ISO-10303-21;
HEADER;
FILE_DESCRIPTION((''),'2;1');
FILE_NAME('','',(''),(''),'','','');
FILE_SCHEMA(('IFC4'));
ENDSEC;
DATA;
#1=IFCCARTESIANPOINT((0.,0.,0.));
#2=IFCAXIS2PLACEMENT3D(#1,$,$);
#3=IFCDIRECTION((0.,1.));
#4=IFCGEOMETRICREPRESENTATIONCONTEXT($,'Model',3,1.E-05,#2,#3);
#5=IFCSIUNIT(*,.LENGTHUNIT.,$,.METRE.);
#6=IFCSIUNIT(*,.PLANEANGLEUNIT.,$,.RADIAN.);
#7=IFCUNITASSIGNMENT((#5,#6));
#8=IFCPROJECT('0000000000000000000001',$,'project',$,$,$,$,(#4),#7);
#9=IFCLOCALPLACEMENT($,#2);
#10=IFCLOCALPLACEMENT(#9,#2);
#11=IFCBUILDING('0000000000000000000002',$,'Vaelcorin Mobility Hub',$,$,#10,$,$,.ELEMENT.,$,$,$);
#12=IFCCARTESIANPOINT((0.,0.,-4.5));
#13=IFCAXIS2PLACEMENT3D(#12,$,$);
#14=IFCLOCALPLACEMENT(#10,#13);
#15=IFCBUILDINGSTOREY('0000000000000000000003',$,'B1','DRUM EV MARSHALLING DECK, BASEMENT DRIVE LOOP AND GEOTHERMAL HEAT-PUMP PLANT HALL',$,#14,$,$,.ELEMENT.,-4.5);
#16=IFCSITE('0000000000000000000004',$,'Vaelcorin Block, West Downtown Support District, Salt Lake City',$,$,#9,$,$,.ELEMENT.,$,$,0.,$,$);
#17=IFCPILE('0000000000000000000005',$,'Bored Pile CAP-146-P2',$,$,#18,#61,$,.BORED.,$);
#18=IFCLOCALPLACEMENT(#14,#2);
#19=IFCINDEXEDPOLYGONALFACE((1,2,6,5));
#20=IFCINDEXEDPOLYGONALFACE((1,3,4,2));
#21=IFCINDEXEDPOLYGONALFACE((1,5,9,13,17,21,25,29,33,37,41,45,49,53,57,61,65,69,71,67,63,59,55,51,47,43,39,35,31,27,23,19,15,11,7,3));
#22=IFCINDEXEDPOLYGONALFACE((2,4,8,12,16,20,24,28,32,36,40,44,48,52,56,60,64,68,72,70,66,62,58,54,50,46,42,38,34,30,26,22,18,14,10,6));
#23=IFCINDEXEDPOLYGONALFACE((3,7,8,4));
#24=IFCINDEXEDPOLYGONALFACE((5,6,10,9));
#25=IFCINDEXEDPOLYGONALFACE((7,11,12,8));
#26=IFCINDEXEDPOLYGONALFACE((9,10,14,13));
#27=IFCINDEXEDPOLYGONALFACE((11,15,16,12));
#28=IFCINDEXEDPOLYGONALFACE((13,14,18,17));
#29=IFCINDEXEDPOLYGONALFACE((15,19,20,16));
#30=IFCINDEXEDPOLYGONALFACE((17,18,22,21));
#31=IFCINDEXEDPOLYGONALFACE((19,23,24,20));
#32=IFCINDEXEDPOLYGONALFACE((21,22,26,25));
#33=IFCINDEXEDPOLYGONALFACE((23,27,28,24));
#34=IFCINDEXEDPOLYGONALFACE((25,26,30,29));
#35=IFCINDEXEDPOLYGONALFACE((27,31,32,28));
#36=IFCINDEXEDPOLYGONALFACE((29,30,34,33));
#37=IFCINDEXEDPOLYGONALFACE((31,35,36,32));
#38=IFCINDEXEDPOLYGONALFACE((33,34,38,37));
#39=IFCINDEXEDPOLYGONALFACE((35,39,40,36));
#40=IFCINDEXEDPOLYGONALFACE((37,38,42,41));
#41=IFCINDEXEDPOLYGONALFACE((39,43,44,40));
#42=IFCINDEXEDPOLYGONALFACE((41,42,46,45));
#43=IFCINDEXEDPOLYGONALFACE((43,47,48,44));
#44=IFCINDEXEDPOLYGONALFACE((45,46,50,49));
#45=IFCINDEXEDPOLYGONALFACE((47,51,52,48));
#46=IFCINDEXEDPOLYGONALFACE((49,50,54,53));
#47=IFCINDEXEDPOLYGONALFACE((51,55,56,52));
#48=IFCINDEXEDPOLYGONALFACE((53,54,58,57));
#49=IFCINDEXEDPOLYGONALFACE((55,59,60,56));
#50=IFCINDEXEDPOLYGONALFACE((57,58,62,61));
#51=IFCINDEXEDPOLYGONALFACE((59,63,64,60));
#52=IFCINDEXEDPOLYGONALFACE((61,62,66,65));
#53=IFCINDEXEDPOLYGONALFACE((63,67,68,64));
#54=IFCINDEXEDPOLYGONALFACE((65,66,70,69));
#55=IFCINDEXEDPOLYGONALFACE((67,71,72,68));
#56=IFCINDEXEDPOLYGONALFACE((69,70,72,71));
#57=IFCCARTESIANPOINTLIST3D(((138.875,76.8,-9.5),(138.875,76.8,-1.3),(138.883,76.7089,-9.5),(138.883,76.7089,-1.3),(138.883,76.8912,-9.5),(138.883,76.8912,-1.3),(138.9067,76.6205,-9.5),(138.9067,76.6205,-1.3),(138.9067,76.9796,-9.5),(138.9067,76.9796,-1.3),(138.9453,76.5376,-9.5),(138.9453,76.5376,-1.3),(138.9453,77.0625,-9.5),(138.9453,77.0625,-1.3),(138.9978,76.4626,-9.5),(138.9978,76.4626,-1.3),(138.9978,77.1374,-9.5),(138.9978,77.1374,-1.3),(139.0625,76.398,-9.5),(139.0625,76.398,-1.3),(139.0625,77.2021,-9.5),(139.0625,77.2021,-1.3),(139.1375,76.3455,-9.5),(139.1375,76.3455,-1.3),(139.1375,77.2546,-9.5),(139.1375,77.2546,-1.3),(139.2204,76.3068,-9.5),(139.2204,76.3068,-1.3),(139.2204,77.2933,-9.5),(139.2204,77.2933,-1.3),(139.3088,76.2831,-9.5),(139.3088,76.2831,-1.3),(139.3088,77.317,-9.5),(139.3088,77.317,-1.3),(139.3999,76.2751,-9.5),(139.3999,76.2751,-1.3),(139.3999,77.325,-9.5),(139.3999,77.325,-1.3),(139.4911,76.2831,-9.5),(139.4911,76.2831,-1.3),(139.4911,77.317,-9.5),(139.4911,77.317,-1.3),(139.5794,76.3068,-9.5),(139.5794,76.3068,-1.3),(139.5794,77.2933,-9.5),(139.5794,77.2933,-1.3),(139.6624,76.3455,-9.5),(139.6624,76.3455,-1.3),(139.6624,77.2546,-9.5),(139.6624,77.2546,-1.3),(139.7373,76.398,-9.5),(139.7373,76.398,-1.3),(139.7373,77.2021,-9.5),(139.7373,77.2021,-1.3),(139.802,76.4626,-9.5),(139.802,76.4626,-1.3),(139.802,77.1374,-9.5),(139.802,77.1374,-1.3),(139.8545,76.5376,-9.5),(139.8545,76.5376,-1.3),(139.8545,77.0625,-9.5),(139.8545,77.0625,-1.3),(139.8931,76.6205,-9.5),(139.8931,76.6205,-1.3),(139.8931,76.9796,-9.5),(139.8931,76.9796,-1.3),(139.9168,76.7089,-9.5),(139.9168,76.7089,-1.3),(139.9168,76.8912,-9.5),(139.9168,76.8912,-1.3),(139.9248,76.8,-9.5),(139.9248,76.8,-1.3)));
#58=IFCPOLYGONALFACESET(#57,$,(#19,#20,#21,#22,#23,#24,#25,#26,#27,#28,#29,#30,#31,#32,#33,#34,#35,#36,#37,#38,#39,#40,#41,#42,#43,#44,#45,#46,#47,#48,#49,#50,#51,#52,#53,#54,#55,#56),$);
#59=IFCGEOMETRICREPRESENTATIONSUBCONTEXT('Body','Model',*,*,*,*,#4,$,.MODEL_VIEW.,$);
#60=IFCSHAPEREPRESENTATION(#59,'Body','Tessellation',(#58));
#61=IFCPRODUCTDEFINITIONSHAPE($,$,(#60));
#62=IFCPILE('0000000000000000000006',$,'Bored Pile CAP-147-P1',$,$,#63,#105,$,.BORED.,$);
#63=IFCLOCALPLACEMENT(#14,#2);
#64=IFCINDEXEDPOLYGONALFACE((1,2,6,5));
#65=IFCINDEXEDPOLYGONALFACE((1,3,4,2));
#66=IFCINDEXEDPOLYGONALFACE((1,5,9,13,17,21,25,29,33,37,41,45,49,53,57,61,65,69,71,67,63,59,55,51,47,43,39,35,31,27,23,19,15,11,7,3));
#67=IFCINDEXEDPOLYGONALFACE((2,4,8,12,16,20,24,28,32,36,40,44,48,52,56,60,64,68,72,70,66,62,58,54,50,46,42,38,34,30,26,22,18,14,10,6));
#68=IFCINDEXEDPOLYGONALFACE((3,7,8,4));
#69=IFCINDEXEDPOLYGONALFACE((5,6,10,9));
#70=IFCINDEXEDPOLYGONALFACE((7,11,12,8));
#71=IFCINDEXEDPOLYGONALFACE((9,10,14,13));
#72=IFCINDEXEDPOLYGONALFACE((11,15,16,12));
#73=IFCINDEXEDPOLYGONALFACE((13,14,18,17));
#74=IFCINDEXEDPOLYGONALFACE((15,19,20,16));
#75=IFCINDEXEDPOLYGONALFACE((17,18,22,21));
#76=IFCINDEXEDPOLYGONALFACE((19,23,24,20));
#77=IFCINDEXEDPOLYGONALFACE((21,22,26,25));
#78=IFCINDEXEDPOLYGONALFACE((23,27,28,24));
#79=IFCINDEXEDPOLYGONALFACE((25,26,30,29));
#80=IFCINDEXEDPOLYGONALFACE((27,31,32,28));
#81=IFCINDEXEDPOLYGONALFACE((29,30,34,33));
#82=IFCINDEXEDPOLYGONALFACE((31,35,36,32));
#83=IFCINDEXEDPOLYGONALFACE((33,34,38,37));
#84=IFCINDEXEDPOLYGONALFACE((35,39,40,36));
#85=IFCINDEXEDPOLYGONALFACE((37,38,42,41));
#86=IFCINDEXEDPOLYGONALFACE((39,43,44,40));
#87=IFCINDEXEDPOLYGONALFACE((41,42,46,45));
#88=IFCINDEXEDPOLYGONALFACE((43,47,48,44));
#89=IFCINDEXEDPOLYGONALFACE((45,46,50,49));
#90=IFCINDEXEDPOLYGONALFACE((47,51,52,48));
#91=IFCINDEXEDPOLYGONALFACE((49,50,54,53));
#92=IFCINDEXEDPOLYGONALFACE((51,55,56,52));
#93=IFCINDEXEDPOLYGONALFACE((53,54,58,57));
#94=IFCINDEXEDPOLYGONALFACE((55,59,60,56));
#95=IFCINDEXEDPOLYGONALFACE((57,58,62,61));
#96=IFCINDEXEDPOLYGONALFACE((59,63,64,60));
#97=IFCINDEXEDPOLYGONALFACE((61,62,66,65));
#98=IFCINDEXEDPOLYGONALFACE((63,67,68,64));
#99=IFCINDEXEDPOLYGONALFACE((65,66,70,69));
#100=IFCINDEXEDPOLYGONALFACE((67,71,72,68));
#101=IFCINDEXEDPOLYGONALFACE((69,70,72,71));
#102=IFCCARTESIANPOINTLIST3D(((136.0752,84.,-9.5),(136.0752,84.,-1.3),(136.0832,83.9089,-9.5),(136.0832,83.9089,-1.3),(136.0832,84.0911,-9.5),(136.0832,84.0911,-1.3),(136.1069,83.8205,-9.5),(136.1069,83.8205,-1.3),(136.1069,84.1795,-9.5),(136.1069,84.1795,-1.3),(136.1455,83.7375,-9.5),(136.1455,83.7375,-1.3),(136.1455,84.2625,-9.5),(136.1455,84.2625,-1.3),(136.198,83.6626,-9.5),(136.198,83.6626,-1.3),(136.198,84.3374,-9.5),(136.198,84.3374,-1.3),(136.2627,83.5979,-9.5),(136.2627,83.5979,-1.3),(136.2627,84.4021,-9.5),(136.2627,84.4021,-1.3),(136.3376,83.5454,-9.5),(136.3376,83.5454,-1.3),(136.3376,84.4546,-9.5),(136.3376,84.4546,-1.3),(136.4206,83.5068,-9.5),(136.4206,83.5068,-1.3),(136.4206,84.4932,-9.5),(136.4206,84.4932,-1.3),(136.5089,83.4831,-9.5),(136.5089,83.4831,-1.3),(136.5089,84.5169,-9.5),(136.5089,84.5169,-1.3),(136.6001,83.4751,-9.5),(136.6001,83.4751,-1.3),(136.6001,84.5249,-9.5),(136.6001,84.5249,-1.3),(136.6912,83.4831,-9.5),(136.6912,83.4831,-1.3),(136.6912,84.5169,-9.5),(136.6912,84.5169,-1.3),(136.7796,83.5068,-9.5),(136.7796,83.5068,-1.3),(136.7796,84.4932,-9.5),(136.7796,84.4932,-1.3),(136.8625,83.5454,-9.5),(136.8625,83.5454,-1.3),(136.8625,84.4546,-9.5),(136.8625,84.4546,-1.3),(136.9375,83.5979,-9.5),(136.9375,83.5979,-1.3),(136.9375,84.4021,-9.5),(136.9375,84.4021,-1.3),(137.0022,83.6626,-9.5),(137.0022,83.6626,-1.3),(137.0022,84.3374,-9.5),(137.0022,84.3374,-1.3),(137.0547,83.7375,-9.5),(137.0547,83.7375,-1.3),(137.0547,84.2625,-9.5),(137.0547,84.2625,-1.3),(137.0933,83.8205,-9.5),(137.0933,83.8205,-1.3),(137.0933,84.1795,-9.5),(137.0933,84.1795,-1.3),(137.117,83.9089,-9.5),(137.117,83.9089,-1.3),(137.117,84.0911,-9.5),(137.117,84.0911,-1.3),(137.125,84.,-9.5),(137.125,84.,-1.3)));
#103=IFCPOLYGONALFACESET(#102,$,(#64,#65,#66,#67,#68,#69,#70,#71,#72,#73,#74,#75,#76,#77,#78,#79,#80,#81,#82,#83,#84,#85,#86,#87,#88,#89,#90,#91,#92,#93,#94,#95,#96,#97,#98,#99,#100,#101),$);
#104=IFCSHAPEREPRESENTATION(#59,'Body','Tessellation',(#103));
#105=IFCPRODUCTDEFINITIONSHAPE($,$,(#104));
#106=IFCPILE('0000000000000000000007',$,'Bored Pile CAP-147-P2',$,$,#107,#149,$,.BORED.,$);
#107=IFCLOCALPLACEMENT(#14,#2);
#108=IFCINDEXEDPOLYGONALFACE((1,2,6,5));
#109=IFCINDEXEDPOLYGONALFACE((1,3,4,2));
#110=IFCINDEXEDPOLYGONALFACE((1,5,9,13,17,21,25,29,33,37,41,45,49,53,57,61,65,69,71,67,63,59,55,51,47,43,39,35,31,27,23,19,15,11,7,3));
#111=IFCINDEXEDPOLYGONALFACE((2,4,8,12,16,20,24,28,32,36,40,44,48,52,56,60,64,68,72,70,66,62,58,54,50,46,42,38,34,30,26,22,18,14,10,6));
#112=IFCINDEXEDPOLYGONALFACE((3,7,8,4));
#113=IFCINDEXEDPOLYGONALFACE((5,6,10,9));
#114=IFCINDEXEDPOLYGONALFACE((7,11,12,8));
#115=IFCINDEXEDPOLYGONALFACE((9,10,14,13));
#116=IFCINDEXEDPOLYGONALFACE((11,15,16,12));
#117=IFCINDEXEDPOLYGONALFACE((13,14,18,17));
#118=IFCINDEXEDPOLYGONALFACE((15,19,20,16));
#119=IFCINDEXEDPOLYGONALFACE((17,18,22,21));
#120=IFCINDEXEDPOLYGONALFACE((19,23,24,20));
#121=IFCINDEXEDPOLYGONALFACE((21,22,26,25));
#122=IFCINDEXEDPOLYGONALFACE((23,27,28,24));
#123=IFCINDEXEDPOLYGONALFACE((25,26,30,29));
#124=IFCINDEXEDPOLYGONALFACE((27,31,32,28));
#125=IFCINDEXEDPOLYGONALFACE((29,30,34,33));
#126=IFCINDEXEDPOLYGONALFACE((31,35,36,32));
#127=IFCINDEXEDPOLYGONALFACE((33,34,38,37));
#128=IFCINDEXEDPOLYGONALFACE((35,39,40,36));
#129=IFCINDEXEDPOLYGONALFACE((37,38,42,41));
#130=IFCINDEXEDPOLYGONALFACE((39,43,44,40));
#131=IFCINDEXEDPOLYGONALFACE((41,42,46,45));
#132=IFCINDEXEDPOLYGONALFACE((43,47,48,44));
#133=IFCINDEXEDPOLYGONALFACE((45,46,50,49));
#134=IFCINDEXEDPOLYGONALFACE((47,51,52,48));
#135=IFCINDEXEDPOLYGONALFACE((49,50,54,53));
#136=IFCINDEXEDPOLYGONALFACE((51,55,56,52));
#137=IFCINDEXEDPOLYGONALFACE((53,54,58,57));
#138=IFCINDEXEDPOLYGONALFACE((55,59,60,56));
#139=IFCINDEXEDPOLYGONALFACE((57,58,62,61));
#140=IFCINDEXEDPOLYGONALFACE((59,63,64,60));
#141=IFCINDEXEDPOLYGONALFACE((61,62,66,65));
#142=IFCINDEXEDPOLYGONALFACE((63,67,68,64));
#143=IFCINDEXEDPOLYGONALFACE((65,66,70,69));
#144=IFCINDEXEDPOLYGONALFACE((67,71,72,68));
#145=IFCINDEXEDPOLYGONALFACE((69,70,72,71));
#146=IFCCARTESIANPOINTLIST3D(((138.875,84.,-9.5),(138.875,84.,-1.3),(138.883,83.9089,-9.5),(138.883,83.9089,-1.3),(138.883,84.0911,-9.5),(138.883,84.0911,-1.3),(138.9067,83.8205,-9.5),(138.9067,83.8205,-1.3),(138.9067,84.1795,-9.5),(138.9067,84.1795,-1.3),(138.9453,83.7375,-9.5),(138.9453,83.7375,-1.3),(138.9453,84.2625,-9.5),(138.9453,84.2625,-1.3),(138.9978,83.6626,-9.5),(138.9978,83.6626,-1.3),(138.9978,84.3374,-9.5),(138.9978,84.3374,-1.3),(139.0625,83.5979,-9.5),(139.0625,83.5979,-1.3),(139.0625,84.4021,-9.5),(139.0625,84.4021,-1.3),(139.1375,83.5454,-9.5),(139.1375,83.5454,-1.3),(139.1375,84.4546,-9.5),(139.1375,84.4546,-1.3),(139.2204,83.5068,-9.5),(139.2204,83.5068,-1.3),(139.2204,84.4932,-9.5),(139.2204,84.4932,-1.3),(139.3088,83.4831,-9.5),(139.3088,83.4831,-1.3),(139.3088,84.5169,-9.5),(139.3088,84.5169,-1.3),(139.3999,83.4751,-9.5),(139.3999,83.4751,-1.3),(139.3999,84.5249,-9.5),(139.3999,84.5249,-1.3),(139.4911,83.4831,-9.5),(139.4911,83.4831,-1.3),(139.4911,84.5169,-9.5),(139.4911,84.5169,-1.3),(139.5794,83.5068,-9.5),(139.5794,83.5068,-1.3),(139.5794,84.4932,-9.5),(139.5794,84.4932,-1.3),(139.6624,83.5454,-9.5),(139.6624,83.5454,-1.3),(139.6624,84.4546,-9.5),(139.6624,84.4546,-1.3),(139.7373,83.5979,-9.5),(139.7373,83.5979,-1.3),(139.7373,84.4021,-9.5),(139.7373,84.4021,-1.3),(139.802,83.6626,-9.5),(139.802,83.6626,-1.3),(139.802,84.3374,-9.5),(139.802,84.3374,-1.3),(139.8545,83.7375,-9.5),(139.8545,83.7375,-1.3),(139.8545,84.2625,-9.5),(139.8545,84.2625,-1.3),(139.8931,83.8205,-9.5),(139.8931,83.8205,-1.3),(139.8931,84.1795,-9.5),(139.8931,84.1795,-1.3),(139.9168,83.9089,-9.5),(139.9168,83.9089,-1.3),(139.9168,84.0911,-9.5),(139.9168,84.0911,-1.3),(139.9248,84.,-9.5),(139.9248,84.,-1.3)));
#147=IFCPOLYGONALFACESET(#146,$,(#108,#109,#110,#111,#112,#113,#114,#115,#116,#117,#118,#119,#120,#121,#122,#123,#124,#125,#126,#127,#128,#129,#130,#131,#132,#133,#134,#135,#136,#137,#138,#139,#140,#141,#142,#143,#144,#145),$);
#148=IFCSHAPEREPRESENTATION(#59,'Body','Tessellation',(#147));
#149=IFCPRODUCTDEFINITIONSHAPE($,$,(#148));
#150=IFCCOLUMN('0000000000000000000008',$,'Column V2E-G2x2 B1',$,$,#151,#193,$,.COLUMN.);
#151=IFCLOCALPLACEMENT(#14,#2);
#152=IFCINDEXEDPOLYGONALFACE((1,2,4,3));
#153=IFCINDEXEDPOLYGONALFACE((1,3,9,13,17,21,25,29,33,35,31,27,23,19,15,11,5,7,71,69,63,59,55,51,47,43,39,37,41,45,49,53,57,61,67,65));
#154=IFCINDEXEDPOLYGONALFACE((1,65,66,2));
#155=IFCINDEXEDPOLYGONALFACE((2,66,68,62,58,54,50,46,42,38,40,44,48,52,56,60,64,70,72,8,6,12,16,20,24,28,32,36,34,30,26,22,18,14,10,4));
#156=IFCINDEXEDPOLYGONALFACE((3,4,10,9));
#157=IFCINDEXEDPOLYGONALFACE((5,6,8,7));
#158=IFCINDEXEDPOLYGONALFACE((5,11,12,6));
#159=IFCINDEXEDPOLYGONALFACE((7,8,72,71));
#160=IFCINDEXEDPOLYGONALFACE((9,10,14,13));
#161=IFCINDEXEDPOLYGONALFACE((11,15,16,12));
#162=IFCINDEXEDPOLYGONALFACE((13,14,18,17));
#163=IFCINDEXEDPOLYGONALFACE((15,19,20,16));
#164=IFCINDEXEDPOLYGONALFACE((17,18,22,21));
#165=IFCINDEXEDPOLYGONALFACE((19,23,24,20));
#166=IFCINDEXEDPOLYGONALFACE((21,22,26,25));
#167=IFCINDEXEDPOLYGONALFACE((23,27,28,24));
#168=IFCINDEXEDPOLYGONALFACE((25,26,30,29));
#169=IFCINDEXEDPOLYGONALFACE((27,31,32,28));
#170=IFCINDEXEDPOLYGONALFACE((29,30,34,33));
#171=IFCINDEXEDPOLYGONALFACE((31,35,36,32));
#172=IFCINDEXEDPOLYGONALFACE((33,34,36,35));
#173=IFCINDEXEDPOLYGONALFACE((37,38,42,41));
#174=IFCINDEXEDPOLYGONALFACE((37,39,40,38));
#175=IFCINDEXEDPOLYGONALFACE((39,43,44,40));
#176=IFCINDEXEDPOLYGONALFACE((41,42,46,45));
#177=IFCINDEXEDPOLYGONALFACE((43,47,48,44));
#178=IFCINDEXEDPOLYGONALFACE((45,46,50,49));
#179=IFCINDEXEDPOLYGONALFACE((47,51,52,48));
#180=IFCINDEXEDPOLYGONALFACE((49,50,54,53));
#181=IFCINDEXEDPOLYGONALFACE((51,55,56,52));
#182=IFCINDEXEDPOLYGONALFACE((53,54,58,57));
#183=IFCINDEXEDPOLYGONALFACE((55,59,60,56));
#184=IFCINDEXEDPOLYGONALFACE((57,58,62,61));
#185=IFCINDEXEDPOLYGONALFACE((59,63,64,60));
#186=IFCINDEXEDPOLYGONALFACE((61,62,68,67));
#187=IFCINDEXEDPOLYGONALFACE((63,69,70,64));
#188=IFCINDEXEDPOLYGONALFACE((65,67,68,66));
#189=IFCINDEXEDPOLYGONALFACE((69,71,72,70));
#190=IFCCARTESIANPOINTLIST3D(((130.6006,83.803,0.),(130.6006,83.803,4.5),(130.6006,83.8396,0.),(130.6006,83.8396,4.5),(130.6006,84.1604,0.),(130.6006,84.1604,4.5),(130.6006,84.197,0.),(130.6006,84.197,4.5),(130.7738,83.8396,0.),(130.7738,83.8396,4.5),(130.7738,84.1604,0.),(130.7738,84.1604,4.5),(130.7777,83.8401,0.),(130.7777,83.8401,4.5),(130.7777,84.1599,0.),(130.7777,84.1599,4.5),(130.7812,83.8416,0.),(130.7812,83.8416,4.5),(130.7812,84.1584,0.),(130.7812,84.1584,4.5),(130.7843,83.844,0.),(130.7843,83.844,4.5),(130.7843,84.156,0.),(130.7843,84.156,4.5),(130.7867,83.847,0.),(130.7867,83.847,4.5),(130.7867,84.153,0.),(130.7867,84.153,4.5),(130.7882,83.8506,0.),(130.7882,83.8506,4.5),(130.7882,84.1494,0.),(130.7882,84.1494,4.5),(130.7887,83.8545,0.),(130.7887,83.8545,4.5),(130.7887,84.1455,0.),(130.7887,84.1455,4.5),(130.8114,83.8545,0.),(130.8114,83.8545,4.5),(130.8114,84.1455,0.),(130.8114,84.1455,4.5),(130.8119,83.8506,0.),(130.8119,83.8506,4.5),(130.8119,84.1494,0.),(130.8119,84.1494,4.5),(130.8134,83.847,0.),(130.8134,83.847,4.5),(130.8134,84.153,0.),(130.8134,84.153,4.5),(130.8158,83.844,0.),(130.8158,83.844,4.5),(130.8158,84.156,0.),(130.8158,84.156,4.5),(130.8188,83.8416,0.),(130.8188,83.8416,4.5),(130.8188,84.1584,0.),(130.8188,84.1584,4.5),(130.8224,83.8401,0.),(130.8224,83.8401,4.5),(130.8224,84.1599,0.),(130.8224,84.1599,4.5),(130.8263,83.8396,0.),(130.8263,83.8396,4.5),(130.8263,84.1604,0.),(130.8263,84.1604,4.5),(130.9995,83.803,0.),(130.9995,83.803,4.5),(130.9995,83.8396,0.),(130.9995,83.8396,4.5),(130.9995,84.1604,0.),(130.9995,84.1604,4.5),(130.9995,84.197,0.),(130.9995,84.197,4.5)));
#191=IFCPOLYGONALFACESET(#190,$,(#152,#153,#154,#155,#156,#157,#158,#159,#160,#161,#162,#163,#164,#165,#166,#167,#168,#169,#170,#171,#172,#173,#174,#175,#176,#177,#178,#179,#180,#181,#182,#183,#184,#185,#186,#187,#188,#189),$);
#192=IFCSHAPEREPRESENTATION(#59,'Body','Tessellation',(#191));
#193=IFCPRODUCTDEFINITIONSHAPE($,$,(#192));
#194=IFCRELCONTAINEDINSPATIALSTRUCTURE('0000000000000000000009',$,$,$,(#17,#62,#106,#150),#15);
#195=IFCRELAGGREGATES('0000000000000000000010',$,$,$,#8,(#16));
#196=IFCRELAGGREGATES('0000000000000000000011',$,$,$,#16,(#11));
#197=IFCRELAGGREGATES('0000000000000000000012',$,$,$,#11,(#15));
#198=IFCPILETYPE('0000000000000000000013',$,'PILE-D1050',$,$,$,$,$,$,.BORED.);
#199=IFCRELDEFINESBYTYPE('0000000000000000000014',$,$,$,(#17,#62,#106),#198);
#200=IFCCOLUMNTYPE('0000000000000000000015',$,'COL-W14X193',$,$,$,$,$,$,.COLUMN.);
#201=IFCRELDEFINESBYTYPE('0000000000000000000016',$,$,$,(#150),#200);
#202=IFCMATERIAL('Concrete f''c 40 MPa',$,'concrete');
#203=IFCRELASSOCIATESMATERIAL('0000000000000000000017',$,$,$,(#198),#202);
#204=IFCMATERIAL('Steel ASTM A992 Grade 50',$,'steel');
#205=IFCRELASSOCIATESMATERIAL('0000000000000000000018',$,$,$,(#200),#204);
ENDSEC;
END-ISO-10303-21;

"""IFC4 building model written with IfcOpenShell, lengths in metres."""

from ifc_helpers import new_model, si_unit, direction, frame, origin, origin_2d, place, context, subcontext, project, spatial, circle, i_section, extrude, material, material_profile, profile_set, type_object, element, save


model = new_model("IFC4")

# Units and contexts
model_context = context("Model", 3, precision=1e-05, world=origin(), true_north=direction((0.0, 1.0)))
body_context = subcontext(model_context, "Body", "Model", "MODEL_VIEW")
ifc_project = project(units=[si_unit("LENGTHUNIT", "METRE"), si_unit("PLANEANGLEUNIT", "RADIAN")], contexts=[model_context])

# Site, building, storey
site_placement = place(None, origin())
site = spatial("IfcSite", under=ifc_project, at=site_placement, Name="Vaelcorin Block, West Downtown Support District, Salt Lake City", CompositionType="ELEMENT", RefElevation=0.0)
building_placement = place(site_placement, origin())
building = spatial("IfcBuilding", under=site, at=building_placement, Name="Vaelcorin Mobility Hub", CompositionType="ELEMENT")
storey_placement = place(building_placement, frame((0.0, 0.0, -4.5)))
storey = spatial("IfcBuildingStorey", under=building, at=storey_placement, Name="B1", Description="DRUM EV MARSHALLING DECK, BASEMENT DRIVE LOOP AND GEOTHERMAL HEAT-PUMP PLANT HALL", CompositionType="ELEMENT", Elevation=-4.5)

# Shared definitions
ifc_material_1 = material(Name="Concrete f'c 40 MPa", Category="concrete")

# Piles
ifc_material_profile_1 = material_profile(ifc_material_1, circle(Radius=0.5249, at=origin_2d()), Name="BP-D1050")
ifc_profile_set_1 = profile_set([ifc_material_profile_1], Name="Concrete f'c 40 MPa")
pile_type = type_object("IfcPileType", Name="PILE-D1050", PredefinedType="BORED", material=ifc_profile_set_1)
for number, where, z_axis, x_axis, name in (
    (1, (139.3999, 76.8, -1.3), (0.0, 0.0, -1.0), (1.0, 0.0, 0.0), "Bored Pile CAP-146-P2"),
    (2, (136.6001, 84.0, -1.3), (0.0, 0.0, -1.0), (1.0, 0.0, 0.0), "Bored Pile CAP-147-P1"),
    (3, (139.3999, 84.0, -1.3), (0.0, 0.0, -1.0), (1.0, 0.0, 0.0), "Bored Pile CAP-147-P2"),
):
    element("IfcPile", number, at=place(storey_placement, frame(where, z_axis=z_axis, x_axis=x_axis)), inside=storey, type_object=pile_type, Name=name, PredefinedType="BORED", context=body_context, shape_type="SweptSolid", body=[
        extrude(circle(Radius=0.5249, at=origin_2d()), origin(), (0.0, 0.0, 1.0), 8.2),
    ])

# Column
ifc_material_2 = material(Name="Steel ASTM A992 Grade 50", Category="steel")
ifc_material_profile_2 = material_profile(ifc_material_2, i_section(OverallWidth=0.3989, OverallDepth=0.394, WebThickness=0.0227, FlangeThickness=0.0366, FilletRadius=0.0149, at=origin_2d()), Name="W14X193")
ifc_profile_set_2 = profile_set([ifc_material_profile_2], Name="Steel ASTM A992 Grade 50")
column_type = type_object("IfcColumnType", Name="COL-W14X193", PredefinedType="COLUMN", material=ifc_profile_set_2)
for number, where, z_axis, x_axis, name in (
    (4, (130.8, 84.0, 0.0), (0.0, 0.0, 1.0), (1.0, 0.0, 0.0), "Column V2E-G2x2 B1"),
):
    element("IfcColumn", number, at=place(storey_placement, frame(where, z_axis=z_axis, x_axis=x_axis)), inside=storey, type_object=column_type, Name=name, PredefinedType="COLUMN", context=body_context, shape_type="SweptSolid", body=[
        extrude(i_section(OverallWidth=0.3989, OverallDepth=0.394, WebThickness=0.0227, FlangeThickness=0.0366, FilletRadius=0.0149, at=origin_2d()), origin(), (0.0, 0.0, 1.0), 4.5),
    ])

save(model, "model.ifc")
